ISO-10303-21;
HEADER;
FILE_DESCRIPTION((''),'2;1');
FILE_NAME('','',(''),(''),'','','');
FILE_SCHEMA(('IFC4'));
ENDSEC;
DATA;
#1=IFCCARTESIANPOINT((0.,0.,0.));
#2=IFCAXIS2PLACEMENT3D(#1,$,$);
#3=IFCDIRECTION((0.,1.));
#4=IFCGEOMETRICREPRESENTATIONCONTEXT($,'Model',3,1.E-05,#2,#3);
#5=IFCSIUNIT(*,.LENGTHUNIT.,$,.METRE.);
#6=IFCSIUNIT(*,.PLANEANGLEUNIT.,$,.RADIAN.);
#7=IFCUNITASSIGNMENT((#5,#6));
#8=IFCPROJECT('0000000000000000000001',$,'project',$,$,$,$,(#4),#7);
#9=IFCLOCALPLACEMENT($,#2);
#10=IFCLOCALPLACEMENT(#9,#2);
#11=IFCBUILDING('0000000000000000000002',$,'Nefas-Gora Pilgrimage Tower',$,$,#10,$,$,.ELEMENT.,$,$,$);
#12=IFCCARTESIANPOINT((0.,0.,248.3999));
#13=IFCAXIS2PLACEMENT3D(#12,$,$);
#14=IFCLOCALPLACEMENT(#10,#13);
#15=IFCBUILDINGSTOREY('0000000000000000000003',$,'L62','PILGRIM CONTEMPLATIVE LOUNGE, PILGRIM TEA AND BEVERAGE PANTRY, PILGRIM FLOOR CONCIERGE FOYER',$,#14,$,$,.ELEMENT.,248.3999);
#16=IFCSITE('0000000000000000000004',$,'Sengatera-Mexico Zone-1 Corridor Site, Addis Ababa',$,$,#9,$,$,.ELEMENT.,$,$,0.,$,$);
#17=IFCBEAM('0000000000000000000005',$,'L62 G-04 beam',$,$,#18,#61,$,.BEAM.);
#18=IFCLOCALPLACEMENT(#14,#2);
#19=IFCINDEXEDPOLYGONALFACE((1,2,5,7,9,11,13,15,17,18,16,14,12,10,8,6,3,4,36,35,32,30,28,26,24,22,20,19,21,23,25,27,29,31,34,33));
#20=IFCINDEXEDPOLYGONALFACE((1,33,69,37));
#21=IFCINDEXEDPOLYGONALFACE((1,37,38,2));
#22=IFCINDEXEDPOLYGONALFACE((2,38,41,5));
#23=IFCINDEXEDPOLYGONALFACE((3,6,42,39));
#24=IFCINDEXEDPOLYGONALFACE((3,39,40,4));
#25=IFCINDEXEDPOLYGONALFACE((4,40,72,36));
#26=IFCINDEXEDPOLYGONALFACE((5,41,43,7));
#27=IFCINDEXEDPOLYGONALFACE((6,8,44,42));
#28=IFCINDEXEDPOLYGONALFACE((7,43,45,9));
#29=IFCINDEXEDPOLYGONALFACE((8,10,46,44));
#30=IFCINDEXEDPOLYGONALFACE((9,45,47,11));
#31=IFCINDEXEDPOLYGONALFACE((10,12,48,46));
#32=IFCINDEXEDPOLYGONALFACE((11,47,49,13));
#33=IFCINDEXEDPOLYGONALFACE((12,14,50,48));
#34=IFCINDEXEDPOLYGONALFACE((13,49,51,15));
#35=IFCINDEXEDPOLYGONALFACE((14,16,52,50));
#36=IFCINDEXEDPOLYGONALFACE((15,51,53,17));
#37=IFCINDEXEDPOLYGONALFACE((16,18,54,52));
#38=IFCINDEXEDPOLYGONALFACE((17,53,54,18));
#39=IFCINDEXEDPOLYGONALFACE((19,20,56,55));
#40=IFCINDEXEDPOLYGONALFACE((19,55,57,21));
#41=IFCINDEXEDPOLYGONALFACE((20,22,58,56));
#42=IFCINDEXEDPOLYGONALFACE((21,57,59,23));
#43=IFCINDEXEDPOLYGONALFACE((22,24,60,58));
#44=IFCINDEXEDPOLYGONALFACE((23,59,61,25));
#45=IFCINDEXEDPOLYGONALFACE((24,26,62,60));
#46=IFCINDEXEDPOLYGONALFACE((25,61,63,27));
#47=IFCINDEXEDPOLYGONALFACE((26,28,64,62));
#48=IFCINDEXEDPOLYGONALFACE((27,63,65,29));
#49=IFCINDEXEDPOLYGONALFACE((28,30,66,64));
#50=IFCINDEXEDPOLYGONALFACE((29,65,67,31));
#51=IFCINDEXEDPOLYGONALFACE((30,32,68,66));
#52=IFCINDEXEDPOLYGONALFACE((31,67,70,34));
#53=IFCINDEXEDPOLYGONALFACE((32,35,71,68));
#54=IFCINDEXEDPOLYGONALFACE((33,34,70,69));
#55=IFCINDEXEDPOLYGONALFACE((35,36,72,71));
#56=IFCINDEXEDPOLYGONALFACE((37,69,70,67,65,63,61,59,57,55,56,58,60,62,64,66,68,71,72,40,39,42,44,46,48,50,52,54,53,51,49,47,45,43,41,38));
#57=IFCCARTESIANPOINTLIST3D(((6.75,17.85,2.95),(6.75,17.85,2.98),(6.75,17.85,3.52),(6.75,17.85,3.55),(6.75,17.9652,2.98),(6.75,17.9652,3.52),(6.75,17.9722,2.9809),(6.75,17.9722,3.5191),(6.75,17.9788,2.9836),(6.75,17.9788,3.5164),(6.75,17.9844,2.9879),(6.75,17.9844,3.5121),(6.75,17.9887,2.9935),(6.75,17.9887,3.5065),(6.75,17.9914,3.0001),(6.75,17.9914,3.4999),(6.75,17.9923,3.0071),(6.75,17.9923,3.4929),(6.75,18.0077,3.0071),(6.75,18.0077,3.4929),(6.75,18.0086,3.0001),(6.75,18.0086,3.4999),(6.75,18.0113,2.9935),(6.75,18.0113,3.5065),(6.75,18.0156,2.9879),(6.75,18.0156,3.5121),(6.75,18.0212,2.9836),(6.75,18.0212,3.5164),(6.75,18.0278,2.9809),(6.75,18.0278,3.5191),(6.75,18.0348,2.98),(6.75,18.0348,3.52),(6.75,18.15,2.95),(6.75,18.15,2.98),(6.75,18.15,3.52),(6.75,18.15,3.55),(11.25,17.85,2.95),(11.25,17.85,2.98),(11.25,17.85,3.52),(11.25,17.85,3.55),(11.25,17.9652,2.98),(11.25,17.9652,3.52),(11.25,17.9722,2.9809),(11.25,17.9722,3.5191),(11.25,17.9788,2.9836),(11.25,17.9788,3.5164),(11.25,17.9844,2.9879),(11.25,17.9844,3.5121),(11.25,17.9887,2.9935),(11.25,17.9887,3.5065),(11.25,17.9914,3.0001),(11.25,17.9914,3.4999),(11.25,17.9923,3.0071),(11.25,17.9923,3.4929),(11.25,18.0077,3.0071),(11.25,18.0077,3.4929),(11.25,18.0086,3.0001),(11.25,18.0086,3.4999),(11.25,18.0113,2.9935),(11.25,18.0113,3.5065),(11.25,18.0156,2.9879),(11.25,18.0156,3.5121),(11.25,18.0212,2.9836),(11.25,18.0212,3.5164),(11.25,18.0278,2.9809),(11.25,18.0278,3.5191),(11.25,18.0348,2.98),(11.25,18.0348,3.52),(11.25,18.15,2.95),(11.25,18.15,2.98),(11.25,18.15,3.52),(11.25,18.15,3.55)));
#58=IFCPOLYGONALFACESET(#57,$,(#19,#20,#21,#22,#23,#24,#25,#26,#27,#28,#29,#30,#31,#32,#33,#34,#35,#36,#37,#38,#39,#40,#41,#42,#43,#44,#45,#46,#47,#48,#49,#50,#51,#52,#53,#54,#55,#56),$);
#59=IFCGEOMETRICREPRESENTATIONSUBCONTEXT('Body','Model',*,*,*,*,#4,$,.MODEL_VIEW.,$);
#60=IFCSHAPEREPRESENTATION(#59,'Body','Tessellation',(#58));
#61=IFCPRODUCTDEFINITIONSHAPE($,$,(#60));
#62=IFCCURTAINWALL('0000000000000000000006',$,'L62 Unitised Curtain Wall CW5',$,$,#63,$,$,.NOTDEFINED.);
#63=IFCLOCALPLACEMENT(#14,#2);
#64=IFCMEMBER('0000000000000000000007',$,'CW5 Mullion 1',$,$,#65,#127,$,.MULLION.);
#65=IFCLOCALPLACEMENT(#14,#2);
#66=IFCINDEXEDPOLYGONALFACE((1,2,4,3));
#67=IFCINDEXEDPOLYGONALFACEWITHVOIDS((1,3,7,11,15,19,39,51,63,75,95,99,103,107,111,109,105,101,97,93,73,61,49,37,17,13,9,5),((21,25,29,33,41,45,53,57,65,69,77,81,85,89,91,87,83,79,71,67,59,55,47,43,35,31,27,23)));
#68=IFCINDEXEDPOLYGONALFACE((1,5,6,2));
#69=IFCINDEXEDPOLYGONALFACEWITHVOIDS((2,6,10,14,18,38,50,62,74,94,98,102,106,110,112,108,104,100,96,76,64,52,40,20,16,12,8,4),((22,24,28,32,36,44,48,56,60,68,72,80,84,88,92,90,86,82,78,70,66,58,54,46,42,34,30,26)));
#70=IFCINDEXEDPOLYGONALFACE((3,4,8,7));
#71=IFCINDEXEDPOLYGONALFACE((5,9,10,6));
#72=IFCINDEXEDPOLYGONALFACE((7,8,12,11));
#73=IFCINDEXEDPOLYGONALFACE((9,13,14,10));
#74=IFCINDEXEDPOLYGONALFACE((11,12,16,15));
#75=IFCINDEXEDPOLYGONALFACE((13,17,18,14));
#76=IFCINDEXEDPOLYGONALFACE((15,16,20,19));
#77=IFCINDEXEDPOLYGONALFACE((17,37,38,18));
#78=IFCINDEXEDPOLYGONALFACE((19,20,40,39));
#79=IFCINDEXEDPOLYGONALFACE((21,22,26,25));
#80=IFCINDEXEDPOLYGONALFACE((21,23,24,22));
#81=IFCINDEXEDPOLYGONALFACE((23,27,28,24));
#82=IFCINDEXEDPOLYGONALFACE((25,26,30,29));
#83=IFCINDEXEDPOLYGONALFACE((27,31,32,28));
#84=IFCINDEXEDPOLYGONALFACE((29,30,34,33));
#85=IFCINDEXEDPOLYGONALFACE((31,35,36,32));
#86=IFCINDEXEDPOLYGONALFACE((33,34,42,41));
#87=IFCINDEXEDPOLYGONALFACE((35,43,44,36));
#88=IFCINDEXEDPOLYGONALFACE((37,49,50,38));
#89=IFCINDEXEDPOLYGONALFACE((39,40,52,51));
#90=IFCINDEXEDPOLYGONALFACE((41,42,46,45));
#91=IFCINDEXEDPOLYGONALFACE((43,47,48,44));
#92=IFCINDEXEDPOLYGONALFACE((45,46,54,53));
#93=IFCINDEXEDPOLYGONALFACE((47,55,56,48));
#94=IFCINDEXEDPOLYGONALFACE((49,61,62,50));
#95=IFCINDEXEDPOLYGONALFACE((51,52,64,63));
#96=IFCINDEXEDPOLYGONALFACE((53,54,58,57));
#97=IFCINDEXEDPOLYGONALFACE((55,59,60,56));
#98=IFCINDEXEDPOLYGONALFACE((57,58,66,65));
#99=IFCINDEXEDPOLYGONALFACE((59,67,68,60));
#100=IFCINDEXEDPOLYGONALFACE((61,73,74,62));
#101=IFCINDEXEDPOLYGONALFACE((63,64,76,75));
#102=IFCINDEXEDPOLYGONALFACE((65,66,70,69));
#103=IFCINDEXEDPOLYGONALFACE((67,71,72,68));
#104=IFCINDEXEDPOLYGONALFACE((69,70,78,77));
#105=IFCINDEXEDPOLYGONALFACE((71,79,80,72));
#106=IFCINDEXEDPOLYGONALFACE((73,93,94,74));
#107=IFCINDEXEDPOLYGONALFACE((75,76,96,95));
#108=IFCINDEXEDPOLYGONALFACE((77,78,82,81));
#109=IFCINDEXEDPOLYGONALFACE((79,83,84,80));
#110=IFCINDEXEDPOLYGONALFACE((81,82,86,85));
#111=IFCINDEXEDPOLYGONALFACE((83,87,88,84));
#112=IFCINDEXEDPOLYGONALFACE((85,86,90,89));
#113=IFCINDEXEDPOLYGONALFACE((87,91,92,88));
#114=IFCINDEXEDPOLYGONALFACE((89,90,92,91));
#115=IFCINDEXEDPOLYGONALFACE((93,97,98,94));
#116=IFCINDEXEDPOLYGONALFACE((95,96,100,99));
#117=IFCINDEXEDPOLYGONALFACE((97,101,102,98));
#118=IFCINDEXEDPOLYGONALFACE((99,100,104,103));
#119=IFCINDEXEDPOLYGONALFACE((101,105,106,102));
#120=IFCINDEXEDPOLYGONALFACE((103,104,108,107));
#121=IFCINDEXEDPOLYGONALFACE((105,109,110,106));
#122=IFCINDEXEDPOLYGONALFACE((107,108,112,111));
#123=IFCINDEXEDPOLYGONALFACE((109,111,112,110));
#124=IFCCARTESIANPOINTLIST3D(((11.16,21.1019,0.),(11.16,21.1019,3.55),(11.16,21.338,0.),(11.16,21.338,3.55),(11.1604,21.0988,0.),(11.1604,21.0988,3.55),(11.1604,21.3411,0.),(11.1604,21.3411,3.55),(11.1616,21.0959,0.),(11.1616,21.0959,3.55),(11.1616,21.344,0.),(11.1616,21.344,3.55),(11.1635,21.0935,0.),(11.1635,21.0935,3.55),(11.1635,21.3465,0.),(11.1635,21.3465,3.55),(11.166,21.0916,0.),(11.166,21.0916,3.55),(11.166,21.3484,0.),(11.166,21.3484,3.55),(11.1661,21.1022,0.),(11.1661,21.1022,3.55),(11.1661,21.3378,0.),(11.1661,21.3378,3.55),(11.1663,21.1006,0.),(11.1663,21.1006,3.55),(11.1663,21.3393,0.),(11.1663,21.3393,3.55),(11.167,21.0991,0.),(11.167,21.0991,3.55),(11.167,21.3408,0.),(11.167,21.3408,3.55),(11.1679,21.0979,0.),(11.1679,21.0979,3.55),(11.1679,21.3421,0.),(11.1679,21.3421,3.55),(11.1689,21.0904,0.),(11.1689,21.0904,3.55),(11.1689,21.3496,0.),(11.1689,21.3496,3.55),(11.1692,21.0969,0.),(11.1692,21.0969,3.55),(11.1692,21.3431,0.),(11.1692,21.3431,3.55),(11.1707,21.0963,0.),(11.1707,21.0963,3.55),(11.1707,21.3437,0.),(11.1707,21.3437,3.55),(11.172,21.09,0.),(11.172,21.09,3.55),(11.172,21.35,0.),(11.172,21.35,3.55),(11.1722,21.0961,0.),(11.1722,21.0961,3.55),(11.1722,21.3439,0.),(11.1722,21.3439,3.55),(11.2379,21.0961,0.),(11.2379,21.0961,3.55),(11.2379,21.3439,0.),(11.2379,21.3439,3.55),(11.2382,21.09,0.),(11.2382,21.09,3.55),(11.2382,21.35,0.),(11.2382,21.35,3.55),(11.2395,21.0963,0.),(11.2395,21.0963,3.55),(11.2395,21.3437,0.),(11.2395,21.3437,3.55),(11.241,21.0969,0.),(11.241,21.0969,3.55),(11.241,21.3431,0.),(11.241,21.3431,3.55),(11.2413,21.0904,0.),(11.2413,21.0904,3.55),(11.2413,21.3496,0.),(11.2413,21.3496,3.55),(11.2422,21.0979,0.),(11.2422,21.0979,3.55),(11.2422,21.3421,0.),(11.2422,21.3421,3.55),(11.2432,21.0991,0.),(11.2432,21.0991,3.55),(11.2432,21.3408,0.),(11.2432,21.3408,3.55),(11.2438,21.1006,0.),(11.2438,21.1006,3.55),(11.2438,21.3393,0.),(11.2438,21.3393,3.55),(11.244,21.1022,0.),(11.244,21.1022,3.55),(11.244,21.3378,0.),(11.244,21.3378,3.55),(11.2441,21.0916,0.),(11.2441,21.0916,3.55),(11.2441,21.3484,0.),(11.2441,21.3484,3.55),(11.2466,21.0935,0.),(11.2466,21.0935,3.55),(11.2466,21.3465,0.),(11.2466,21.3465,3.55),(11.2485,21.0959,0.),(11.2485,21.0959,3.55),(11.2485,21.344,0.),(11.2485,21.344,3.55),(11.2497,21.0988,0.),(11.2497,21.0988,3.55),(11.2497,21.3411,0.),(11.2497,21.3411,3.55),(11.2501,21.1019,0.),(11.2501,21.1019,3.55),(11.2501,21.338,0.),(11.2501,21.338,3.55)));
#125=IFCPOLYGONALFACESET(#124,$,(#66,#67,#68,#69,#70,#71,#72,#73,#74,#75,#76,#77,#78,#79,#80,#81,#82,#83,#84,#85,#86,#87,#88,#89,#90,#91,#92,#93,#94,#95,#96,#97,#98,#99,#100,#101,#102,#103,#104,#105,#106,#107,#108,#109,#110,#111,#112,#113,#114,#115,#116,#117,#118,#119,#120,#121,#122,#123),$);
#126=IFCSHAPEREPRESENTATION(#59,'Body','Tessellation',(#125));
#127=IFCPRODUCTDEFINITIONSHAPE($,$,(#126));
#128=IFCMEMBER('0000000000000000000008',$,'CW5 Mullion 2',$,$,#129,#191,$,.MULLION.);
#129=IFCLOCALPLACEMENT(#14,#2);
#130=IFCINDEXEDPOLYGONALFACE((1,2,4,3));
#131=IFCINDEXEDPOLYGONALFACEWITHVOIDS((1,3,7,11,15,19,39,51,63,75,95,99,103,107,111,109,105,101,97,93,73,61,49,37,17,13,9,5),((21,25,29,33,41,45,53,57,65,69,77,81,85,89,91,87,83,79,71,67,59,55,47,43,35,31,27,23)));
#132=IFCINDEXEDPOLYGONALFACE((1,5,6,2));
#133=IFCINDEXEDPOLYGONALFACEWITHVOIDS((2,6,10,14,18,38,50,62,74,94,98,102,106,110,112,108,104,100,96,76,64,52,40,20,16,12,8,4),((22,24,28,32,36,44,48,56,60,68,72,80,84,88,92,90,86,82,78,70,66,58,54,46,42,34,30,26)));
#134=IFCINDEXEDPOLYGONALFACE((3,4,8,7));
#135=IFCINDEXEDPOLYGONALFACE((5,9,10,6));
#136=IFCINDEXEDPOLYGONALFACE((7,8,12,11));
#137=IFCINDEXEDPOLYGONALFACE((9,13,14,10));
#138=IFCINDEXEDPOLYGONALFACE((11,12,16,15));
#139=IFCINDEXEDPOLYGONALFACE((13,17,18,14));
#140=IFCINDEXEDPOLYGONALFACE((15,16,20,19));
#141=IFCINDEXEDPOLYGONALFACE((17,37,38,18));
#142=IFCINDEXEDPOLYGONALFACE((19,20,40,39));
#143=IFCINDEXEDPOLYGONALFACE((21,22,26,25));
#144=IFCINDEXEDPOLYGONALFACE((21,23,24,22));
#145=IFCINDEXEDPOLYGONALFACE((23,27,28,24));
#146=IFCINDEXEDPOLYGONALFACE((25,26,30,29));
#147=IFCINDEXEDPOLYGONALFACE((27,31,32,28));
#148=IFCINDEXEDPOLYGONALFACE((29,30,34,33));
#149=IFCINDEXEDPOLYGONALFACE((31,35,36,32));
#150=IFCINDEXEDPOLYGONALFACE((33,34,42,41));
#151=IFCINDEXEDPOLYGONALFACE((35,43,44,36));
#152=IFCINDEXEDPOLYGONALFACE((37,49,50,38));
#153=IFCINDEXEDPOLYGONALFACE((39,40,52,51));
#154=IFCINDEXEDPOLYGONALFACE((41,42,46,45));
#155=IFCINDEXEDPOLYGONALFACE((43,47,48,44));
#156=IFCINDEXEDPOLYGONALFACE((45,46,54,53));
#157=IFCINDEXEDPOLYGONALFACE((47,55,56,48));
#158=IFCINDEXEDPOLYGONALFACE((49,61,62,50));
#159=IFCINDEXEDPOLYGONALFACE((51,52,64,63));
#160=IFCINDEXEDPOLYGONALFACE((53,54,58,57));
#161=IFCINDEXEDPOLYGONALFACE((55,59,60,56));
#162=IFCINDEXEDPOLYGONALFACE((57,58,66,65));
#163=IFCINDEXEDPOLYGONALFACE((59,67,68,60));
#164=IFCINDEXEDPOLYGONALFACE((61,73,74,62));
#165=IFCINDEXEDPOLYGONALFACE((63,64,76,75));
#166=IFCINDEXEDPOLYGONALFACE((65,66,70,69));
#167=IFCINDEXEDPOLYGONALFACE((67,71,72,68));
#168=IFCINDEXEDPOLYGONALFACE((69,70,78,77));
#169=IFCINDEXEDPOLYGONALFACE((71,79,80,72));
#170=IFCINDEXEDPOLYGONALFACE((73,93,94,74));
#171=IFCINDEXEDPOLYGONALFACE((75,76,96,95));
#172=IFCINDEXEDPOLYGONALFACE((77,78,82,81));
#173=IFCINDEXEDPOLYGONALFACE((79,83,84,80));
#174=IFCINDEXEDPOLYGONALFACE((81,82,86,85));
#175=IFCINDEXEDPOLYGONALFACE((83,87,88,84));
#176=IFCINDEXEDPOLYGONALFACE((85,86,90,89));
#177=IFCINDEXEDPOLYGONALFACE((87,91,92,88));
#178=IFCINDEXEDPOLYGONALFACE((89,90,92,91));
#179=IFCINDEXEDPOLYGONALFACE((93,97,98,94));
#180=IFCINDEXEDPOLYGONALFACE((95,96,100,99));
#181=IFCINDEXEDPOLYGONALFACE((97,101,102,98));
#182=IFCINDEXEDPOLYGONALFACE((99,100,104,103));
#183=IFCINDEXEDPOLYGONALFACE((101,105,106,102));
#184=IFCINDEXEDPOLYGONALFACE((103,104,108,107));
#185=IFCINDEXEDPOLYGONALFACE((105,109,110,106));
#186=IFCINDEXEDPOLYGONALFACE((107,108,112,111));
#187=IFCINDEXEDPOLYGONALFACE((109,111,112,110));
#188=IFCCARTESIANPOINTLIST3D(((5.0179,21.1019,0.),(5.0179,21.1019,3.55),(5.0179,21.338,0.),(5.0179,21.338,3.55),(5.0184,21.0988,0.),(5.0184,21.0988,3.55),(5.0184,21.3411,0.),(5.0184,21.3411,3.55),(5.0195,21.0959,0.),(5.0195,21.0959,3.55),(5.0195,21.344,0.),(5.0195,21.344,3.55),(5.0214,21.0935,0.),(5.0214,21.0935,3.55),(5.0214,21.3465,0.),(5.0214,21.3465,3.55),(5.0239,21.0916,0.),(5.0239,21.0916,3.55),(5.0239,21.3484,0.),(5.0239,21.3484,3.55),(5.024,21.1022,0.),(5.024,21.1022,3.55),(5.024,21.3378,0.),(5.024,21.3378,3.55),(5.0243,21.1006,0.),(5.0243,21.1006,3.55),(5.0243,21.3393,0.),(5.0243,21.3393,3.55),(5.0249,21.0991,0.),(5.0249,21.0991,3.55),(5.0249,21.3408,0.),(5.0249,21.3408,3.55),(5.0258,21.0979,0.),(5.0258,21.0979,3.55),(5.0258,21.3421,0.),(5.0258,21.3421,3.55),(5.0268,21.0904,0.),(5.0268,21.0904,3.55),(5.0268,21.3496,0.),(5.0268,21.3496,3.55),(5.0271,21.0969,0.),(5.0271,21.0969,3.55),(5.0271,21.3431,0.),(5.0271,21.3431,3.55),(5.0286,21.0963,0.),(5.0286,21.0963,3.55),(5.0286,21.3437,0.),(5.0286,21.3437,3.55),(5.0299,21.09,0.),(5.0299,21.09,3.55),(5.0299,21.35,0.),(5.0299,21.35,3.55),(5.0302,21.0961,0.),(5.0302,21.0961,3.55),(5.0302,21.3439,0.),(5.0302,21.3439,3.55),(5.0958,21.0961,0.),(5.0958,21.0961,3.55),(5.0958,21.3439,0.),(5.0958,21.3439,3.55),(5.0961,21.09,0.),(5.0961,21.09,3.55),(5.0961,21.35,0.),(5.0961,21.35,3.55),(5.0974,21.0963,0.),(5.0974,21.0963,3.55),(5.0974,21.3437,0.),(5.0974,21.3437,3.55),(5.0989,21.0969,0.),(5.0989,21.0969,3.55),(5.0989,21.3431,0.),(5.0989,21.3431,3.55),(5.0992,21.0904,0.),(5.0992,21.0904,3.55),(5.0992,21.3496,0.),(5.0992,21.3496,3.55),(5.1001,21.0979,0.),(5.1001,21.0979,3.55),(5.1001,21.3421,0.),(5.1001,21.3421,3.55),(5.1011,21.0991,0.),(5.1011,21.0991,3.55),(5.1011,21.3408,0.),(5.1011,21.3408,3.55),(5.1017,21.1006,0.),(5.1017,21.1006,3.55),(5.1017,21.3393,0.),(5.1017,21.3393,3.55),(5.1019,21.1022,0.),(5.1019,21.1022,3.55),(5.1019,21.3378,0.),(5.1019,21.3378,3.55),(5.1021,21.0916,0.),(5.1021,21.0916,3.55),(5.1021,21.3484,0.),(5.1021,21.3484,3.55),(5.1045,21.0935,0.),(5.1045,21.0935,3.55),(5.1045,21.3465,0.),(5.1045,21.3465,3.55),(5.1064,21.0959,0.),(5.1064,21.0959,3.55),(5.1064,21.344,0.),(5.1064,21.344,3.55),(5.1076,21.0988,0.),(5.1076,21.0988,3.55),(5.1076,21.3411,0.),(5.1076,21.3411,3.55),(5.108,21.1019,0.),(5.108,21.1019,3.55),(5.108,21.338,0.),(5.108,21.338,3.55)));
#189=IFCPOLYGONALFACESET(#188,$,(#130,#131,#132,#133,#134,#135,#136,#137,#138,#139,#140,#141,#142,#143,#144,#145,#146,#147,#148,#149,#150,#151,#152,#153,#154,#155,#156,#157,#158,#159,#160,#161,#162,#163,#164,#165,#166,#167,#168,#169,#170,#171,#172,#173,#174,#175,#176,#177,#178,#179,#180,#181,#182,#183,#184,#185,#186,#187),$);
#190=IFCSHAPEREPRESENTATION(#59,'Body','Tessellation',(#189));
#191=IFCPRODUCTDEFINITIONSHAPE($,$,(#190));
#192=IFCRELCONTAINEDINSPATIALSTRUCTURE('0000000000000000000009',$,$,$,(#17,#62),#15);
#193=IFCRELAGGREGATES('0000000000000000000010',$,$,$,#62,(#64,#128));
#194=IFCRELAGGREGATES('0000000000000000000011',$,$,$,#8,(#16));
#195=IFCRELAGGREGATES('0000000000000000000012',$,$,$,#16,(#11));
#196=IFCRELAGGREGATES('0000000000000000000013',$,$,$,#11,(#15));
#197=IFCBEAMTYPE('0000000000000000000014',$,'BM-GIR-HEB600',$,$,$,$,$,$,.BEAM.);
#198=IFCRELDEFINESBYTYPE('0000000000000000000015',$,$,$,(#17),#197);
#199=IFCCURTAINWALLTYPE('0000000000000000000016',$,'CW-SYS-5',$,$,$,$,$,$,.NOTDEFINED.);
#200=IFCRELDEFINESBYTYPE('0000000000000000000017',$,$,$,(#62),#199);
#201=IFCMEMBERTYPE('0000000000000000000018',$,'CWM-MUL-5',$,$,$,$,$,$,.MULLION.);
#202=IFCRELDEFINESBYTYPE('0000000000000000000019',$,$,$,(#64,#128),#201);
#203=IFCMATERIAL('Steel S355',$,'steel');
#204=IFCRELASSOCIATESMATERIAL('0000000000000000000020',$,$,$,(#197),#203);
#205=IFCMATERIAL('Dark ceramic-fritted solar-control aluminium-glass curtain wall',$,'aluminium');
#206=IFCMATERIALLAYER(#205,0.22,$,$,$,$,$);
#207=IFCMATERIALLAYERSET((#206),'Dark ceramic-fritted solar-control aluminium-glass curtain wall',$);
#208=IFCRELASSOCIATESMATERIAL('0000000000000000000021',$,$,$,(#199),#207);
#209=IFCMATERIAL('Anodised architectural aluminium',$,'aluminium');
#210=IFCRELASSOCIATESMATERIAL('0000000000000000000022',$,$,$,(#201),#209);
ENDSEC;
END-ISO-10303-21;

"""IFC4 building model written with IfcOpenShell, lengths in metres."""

from ifc_helpers import new_model, si_unit, direction, frame, origin, origin_2d, place, context, subcontext, project, spatial, hollow_rectangle, i_section, extrude, source, transform, mapped, material, layer, layer_set, material_profile, profile_set, type_object, element, aggregate, save


model = new_model("IFC4")

# Units and contexts
model_context = context("Model", 3, precision=1e-05, world=origin(), true_north=direction((0.0, 1.0)))
body_context = subcontext(model_context, "Body", "Model", "MODEL_VIEW")
ifc_project = project(units=[si_unit("LENGTHUNIT", "METRE"), si_unit("PLANEANGLEUNIT", "RADIAN")], contexts=[model_context])

# Site, building, storey
site_placement = place(None, origin())
site = spatial("IfcSite", under=ifc_project, at=site_placement, Name="Sengatera-Mexico Zone-1 Corridor Site, Addis Ababa", CompositionType="ELEMENT", RefElevation=0.0)
building_placement = place(site_placement, origin())
building = spatial("IfcBuilding", under=site, at=building_placement, Name="Nefas-Gora Pilgrimage Tower", CompositionType="ELEMENT")
storey_placement = place(building_placement, frame((0.0, 0.0, 248.3999)))
storey = spatial("IfcBuildingStorey", under=building, at=storey_placement, Name="L62", Description="PILGRIM CONTEMPLATIVE LOUNGE, PILGRIM TEA AND BEVERAGE PANTRY, PILGRIM FLOOR CONCIERGE FOYER", CompositionType="ELEMENT", Elevation=248.3999)

# Beam
ifc_material_1 = material(Name="Steel S355", Category="steel")
ifc_material_profile_1 = material_profile(ifc_material_1, i_section(OverallWidth=0.3, OverallDepth=0.6001, WebThickness=0.0154, FlangeThickness=0.03, FilletRadius=0.0271, at=origin_2d()), Name="HEB 600")
ifc_profile_set_1 = profile_set([ifc_material_profile_1], Name="Steel S355")
beam_type = type_object("IfcBeamType", Name="BM-GIR-HEB600", PredefinedType="BEAM", material=ifc_profile_set_1)
shared_shape_1 = source(origin(), body_context, "Body", "SweptSolid", [
    extrude(i_section(OverallWidth=0.3, OverallDepth=0.6001, WebThickness=0.0154, FlangeThickness=0.03, FilletRadius=0.0271, at=origin_2d()), origin(), (0.0, 0.0, 1.0), 4.5),
])
for number, where, z_axis, x_axis, name in (
    (1, (6.75, 18.0, 3.25), (1.0, 0.0, 0.0), (0.0, 1.0, 0.0), "L62 G-04 beam"),
):
    element("IfcBeam", number, at=place(storey_placement, frame(where, z_axis=z_axis, x_axis=x_axis)), inside=storey, type_object=beam_type, Name=name, PredefinedType="BEAM", context=body_context, shape_type="MappedRepresentation", body=[
        mapped(shared_shape_1, transform((0.0, 0.0, 0.0), x_axis=(1.0, 0.0, 0.0), y_axis=(0.0, 1.0, 0.0), z_axis=(0.0, 0.0, 1.0), scale=1.0)),
    ])

# Curtain wall, members
ifc_material_2 = material(Name="Dark ceramic-fritted solar-control aluminium-glass curtain wall", Category="aluminium")
ifc_layer_1 = layer(ifc_material_2, 0.22)
ifc_layer_set_1 = layer_set([ifc_layer_1], Name="Dark ceramic-fritted solar-control aluminium-glass curtain wall")
curtain_wall_type = type_object("IfcCurtainWallType", Name="CW-SYS-5", PredefinedType="NOTDEFINED", material=ifc_layer_set_1)
curtain_wall_placement = place(storey_placement, origin())
curtain_wall = element("IfcCurtainWall", 2, at=curtain_wall_placement, inside=storey, type_object=curtain_wall_type, Name="L62 Unitised Curtain Wall CW5", PredefinedType="NOTDEFINED")
ifc_material_3 = material(Name="Anodised architectural aluminium", Category="aluminium")
ifc_material_profile_2 = material_profile(ifc_material_3, hollow_rectangle(XDim=0.0901, YDim=0.26, WallThickness=0.0061, InnerFilletRadius=0.0061, OuterFilletRadius=0.012, at=origin_2d()), Name="ALU MULLION 90x260")
ifc_profile_set_2 = profile_set([ifc_material_profile_2], Name="Anodised architectural aluminium")
member_type_1 = type_object("IfcMemberType", Name="CWM-MUL-5", PredefinedType="MULLION", material=ifc_profile_set_2)
shared_shape_2 = source(origin(), body_context, "Body", "SweptSolid", [
    extrude(hollow_rectangle(XDim=0.0901, YDim=0.26, WallThickness=0.0061, InnerFilletRadius=0.0061, OuterFilletRadius=0.012, at=origin_2d()), origin(), (0.0, 0.0, 1.0), 3.55),
])
member_1_placement = place(storey_placement, frame((11.2051, 21.22, 0.0), z_axis=(0.0, 0.0, 1.0), x_axis=(-1.0, 0.0, 0.0)))
member_1 = element("IfcMember", 3, at=member_1_placement, type_object=member_type_1, Name="CW5 Mullion 1", PredefinedType="MULLION", context=body_context, shape_type="MappedRepresentation", body=[
    mapped(shared_shape_2, transform((0.0, 0.0, 0.0), x_axis=(1.0, 0.0, 0.0), y_axis=(0.0, 1.0, 0.0), z_axis=(0.0, 0.0, 1.0), scale=1.0)),
])
member_2_placement = place(storey_placement, frame((5.063, 21.22, 0.0), z_axis=(0.0, 0.0, 1.0), x_axis=(-1.0, 0.0, 0.0)))
member_2 = element("IfcMember", 4, at=member_2_placement, type_object=member_type_1, Name="CW5 Mullion 2", PredefinedType="MULLION", context=body_context, shape_type="MappedRepresentation", body=[
    mapped(shared_shape_2, transform((0.0, 0.0, 0.0), x_axis=(1.0, 0.0, 0.0), y_axis=(0.0, 1.0, 0.0), z_axis=(0.0, 0.0, 1.0), scale=1.0)),
])
aggregate(curtain_wall, [member_1, member_2])

save(model, "model.ifc")
